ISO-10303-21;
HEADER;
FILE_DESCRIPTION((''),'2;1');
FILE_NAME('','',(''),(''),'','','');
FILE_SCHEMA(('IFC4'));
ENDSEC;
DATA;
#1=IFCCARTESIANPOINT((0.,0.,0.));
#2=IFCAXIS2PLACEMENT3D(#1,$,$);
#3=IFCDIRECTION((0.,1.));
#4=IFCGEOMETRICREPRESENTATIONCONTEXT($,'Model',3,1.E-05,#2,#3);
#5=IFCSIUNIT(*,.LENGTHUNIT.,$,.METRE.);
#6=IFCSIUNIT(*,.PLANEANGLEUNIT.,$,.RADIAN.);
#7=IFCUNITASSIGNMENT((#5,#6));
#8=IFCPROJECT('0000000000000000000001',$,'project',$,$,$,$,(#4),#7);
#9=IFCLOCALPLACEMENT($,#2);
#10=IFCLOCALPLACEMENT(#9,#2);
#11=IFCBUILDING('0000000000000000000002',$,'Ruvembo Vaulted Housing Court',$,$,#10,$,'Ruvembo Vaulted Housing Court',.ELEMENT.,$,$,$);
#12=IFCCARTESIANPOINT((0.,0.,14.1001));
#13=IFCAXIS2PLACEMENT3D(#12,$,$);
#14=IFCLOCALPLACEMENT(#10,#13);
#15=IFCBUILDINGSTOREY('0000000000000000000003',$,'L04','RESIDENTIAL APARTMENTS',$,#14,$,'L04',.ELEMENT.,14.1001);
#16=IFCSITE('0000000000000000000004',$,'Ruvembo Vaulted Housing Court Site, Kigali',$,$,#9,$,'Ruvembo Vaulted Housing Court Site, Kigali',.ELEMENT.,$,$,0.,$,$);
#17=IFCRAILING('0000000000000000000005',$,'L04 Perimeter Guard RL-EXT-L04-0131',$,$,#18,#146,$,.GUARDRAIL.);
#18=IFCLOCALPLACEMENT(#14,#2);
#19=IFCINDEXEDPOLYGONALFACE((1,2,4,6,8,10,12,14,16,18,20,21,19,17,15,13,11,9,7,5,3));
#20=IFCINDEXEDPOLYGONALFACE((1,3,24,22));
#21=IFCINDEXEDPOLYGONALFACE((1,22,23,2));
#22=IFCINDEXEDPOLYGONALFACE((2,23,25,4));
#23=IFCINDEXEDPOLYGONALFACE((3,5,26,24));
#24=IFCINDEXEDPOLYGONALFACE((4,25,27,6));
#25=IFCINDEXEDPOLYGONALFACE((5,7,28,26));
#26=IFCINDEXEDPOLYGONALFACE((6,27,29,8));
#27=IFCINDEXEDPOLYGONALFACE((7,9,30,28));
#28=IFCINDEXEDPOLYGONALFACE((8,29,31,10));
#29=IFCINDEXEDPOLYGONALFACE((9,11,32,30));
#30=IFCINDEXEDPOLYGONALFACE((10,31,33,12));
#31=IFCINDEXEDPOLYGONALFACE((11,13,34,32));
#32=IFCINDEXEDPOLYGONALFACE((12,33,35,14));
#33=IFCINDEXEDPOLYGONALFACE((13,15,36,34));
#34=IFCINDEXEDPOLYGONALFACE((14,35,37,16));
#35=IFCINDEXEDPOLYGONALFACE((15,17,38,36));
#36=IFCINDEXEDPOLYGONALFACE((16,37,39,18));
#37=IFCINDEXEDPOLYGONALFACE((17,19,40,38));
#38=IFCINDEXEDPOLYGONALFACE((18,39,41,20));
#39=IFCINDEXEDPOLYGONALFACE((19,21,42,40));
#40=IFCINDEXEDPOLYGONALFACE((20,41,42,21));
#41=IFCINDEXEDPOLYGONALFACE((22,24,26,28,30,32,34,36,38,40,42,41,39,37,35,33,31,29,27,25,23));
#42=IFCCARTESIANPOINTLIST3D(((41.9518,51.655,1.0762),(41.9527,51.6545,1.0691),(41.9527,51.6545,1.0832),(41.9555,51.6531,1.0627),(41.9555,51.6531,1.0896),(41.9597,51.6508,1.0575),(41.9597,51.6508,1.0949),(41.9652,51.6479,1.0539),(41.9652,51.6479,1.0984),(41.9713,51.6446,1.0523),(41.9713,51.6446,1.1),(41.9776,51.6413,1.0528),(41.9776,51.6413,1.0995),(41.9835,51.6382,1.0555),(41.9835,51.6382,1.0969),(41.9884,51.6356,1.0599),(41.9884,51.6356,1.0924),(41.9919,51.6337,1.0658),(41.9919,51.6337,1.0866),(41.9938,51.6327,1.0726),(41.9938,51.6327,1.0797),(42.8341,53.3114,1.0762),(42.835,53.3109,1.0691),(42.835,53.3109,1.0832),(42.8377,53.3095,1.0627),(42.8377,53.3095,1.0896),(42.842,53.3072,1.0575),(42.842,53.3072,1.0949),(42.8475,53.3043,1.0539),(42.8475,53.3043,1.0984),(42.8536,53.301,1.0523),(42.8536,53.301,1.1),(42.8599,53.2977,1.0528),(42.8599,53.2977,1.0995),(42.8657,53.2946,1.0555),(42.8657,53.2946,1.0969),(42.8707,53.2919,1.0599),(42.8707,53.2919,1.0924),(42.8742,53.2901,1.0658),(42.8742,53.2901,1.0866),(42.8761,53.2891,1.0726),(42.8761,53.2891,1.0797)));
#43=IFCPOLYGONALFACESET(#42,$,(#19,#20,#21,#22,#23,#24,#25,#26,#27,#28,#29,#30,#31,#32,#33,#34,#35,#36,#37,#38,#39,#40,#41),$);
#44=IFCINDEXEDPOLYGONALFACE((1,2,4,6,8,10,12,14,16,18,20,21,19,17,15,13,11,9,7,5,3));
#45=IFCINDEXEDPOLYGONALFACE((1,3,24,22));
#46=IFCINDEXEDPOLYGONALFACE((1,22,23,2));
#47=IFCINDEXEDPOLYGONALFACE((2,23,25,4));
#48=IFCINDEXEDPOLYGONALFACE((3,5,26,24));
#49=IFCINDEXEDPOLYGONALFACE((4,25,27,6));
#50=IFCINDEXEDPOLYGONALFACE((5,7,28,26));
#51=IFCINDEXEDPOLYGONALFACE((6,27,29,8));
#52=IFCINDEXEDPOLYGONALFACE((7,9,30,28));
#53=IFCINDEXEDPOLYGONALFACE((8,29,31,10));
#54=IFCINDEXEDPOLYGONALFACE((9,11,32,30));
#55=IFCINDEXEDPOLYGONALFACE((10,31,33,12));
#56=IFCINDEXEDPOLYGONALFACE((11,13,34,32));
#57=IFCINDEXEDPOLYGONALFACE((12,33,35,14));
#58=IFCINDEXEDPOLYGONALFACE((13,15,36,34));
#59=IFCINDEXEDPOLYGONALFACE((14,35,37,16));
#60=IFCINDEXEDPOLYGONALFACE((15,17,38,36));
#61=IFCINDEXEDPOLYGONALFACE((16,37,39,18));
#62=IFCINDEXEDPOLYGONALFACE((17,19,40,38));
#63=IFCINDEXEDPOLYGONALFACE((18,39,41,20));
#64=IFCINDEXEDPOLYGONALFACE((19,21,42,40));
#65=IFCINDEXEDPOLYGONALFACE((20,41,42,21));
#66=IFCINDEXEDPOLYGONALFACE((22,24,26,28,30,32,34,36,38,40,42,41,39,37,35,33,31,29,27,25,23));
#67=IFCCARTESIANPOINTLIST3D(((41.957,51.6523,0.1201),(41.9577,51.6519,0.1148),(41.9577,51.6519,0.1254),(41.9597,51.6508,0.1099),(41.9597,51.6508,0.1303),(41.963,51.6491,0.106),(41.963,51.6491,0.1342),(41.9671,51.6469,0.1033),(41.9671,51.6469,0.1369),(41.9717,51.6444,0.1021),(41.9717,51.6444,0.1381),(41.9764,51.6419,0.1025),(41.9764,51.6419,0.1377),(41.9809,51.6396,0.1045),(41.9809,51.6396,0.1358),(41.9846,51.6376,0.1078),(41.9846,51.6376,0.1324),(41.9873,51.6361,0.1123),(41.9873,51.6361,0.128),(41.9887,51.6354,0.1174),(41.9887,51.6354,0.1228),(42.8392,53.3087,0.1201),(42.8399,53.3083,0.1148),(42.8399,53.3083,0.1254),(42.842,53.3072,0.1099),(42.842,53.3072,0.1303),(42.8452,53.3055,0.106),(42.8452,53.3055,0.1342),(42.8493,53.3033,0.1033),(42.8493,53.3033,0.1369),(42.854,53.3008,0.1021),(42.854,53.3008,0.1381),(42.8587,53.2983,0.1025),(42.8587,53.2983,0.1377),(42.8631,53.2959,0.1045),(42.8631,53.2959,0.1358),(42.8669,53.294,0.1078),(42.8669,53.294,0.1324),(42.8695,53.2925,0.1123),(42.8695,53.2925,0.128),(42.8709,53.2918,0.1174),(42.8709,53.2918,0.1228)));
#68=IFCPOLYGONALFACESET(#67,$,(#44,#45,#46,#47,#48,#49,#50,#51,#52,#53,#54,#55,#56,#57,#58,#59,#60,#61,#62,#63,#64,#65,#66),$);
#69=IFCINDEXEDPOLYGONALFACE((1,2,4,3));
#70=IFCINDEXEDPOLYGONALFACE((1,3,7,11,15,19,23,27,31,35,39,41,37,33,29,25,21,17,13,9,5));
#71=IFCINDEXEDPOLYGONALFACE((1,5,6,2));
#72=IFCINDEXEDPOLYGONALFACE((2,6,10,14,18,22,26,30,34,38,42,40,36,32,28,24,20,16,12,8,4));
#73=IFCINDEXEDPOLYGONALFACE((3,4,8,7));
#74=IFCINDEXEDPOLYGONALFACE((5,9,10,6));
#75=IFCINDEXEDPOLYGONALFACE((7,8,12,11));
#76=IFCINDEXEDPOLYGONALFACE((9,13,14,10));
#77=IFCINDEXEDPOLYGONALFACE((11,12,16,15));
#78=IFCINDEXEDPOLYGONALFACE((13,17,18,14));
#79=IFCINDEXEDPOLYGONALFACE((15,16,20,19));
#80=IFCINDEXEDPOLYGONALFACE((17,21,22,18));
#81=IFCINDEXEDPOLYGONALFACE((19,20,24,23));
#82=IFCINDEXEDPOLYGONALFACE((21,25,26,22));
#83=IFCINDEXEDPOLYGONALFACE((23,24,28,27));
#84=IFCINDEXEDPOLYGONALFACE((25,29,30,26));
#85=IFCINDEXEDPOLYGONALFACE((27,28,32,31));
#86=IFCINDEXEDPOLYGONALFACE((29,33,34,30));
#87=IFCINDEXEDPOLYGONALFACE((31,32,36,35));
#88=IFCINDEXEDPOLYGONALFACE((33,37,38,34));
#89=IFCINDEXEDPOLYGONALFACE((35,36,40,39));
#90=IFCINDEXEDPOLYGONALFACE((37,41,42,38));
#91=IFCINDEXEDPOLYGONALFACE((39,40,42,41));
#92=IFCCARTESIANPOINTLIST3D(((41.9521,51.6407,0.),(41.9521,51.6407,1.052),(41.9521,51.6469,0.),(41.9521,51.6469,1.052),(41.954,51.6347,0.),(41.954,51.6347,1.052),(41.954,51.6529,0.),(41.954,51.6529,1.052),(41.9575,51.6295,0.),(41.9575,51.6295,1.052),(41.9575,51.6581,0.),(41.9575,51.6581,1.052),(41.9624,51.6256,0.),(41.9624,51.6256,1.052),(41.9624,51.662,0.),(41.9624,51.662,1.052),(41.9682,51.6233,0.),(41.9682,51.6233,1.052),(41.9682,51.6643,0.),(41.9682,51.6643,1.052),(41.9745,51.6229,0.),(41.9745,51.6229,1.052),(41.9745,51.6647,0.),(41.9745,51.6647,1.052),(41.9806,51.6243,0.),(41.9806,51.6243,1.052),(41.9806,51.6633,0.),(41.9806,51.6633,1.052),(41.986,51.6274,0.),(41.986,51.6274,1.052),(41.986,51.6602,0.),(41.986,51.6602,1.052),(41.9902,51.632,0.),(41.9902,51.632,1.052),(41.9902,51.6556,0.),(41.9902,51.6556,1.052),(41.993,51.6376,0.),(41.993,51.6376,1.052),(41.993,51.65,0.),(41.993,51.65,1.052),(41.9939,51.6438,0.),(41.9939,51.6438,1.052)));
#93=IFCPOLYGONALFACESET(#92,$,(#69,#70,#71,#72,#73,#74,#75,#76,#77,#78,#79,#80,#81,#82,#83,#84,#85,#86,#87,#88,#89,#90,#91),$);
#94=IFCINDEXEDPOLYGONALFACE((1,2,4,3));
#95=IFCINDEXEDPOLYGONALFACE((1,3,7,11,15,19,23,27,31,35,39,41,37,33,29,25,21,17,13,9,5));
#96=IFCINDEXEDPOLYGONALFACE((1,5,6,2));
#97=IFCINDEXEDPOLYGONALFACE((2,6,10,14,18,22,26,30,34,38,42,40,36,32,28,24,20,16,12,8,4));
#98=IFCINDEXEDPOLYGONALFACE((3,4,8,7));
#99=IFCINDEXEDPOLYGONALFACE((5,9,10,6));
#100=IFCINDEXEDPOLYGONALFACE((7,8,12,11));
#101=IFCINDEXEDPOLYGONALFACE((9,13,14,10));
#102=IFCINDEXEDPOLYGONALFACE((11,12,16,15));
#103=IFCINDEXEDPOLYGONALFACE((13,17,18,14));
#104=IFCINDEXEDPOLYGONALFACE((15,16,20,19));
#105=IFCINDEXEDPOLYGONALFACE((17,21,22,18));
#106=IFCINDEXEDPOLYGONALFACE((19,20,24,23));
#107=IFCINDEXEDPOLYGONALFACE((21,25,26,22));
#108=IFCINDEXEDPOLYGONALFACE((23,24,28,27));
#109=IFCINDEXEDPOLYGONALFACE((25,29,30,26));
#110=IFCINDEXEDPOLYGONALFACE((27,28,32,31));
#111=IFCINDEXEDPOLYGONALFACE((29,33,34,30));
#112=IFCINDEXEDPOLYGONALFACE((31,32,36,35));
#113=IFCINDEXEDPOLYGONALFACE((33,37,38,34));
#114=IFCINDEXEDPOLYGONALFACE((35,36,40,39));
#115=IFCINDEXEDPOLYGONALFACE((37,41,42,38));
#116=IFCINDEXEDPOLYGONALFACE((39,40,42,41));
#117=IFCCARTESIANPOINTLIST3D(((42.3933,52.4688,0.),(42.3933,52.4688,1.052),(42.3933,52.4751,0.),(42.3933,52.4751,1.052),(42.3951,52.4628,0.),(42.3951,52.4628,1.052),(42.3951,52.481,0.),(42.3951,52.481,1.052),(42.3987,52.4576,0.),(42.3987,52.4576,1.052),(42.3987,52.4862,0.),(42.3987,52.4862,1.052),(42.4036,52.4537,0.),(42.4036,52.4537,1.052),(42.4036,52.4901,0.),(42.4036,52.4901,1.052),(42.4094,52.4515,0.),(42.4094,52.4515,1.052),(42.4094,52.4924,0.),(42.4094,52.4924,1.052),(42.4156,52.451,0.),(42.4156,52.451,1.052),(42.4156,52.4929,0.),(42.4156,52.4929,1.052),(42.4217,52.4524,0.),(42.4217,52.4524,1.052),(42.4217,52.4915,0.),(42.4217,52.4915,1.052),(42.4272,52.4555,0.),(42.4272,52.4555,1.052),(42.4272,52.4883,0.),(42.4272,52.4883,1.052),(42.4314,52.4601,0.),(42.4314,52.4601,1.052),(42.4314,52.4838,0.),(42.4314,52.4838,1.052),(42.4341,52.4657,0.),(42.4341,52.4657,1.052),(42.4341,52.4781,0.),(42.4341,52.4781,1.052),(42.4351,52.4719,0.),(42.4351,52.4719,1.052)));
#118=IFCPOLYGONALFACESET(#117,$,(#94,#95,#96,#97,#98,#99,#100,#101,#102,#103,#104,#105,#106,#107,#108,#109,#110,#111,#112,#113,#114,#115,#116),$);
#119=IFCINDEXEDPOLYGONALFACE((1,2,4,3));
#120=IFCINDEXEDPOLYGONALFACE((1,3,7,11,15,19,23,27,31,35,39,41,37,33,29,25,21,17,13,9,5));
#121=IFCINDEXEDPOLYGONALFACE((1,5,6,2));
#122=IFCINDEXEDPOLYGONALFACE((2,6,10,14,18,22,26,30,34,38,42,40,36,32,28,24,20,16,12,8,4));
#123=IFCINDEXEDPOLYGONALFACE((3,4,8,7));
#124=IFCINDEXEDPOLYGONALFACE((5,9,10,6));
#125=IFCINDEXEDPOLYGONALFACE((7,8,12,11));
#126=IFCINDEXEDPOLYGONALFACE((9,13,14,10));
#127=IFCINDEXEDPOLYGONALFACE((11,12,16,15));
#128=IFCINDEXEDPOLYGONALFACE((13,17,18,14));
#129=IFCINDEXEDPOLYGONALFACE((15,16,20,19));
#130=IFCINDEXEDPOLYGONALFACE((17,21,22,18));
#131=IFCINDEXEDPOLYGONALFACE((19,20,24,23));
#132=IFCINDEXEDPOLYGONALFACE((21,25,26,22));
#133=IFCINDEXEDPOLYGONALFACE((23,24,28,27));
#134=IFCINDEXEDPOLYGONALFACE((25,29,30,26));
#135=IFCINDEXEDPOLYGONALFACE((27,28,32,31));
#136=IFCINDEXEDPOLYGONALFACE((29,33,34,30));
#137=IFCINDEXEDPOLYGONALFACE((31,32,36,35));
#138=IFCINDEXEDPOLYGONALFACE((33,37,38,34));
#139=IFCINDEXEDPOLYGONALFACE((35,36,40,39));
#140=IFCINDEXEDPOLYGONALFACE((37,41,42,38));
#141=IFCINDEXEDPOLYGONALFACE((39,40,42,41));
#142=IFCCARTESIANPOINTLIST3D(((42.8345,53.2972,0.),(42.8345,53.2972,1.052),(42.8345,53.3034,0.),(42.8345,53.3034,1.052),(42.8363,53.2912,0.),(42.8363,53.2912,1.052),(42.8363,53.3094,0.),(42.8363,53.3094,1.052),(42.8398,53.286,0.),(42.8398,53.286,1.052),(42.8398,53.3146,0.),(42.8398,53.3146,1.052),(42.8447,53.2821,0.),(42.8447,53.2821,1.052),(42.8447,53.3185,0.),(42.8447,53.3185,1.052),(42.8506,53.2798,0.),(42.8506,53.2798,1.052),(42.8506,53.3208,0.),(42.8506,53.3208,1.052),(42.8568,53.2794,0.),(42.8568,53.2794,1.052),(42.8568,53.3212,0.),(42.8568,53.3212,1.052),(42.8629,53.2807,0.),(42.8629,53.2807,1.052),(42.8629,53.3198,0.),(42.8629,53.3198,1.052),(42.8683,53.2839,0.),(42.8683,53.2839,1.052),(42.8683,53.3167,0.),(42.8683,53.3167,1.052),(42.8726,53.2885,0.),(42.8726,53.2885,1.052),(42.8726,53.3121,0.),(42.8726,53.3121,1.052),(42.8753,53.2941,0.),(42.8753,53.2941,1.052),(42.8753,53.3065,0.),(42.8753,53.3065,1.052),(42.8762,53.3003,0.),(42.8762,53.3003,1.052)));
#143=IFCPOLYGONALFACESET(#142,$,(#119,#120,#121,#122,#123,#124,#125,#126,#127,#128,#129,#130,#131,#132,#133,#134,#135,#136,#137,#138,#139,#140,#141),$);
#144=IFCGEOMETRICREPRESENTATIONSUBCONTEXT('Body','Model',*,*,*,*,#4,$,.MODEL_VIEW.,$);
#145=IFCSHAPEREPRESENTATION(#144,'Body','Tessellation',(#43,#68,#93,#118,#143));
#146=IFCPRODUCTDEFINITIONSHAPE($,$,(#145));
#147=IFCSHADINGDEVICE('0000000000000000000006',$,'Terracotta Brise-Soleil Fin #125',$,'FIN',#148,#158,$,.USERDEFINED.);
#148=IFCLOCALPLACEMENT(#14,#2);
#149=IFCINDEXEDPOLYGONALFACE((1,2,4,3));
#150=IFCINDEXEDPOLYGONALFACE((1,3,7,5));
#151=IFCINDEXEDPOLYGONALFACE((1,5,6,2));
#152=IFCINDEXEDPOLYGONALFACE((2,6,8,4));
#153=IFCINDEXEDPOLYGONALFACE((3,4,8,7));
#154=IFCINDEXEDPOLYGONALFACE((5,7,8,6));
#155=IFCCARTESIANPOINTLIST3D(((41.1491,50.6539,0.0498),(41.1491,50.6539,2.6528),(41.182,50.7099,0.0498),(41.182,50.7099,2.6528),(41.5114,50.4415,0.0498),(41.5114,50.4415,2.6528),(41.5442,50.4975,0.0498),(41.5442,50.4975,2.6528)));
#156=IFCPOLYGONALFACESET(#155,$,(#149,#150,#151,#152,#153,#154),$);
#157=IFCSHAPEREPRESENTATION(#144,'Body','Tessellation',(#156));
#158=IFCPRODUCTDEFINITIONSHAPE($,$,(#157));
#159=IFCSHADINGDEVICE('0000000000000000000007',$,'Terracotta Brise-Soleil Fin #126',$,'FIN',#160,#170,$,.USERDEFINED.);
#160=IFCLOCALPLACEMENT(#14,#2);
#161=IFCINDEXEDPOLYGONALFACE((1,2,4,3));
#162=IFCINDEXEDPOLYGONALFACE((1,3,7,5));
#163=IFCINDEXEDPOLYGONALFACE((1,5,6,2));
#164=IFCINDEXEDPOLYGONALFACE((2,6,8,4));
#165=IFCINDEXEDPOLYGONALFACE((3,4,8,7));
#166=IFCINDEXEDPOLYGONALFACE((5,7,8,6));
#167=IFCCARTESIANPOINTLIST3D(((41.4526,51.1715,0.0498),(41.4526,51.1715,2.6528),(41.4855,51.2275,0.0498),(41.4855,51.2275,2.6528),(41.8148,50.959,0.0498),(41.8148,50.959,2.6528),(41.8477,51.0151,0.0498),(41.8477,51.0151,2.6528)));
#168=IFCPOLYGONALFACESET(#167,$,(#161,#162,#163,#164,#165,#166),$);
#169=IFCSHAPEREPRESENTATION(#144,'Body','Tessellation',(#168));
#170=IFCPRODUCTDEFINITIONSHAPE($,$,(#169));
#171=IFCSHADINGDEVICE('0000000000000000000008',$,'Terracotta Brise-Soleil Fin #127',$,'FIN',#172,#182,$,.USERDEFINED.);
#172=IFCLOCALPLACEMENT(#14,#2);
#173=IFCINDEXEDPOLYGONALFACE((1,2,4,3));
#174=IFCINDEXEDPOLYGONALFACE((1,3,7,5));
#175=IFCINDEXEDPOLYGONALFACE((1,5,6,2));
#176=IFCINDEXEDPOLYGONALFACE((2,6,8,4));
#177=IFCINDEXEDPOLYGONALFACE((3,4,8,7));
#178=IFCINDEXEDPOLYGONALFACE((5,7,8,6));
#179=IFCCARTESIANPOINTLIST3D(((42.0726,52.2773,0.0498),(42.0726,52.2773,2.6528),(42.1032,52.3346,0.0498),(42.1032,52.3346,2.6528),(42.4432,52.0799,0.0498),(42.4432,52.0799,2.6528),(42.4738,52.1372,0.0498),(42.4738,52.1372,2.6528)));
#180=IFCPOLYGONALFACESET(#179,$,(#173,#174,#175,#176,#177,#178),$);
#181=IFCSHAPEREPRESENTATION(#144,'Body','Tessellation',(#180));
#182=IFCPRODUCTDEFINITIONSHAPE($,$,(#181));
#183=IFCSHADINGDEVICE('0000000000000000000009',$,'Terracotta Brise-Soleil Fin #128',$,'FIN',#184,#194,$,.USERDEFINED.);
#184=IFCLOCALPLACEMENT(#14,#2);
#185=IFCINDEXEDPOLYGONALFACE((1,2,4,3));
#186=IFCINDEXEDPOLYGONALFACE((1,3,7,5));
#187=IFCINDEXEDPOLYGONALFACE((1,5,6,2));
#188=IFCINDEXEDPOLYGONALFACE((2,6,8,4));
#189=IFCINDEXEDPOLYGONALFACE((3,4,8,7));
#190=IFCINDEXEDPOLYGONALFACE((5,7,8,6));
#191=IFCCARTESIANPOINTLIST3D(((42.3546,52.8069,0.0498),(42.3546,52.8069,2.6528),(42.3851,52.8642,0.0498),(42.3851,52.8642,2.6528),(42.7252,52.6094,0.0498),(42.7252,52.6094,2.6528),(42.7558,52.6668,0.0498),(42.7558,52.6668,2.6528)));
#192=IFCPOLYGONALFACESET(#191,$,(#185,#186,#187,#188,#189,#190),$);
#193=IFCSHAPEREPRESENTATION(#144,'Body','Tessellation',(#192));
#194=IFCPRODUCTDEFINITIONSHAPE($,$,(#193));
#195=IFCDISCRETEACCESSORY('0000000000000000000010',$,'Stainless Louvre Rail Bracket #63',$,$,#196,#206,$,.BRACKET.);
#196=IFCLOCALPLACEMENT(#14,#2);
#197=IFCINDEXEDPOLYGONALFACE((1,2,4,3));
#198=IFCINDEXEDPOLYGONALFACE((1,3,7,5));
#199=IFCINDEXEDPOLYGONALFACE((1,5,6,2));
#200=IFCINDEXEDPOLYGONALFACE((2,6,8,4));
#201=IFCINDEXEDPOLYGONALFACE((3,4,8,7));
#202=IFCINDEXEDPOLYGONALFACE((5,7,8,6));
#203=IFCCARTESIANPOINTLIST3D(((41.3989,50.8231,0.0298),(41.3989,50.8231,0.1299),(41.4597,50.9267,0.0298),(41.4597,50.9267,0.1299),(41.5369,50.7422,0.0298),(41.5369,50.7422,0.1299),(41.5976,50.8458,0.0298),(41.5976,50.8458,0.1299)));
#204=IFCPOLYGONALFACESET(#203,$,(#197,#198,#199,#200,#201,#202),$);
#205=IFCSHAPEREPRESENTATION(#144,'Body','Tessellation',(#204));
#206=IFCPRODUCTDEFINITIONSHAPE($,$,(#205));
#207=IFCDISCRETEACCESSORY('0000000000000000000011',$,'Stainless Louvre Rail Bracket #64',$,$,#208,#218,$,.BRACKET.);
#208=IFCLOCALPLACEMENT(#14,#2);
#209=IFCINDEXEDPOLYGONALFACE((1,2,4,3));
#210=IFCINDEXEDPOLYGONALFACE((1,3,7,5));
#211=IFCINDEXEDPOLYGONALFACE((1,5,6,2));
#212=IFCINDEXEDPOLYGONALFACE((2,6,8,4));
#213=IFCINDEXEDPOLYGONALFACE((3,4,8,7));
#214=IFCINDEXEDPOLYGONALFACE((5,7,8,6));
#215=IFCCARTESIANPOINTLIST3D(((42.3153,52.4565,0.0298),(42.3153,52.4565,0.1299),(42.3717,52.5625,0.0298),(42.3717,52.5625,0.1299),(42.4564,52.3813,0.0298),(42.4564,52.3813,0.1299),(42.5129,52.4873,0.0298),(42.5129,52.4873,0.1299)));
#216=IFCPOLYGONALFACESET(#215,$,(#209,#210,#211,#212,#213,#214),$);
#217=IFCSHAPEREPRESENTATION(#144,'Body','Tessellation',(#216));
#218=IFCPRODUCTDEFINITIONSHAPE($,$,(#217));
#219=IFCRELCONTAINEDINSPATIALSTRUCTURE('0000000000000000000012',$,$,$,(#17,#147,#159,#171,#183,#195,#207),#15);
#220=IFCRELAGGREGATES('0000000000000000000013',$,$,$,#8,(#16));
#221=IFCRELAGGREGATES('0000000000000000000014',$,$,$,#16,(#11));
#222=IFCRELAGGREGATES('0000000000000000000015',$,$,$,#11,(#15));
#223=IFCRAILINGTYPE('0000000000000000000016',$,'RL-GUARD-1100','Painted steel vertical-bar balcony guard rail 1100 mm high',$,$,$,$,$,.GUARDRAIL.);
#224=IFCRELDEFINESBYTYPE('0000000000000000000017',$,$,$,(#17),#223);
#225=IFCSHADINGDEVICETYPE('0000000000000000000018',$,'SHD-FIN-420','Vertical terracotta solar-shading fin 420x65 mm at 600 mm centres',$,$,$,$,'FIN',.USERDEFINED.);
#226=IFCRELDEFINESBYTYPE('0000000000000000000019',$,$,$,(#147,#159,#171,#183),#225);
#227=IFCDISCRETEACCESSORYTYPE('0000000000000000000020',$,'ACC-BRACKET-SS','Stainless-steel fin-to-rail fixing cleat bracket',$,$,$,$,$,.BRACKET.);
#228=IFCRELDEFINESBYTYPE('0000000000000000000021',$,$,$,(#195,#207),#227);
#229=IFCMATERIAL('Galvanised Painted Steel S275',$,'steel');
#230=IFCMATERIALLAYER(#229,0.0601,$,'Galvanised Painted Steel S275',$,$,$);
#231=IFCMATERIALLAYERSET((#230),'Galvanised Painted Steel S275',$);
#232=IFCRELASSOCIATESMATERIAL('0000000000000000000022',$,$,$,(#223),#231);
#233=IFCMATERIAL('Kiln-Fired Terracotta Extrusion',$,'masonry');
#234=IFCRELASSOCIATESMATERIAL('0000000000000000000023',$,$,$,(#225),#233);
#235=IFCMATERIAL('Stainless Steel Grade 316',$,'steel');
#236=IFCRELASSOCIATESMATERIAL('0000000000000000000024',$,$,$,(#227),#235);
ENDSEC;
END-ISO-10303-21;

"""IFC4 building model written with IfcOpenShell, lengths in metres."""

from ifc_helpers import new_model, si_unit, direction, frame, origin, origin_2d, place, context, subcontext, project, spatial, rectangle, circle, extrude, material, layer, layer_set, type_object, element, save


model = new_model("IFC4")

# Units and contexts
model_context = context("Model", 3, precision=1e-05, world=origin(), true_north=direction((0.0, 1.0)))
body_context = subcontext(model_context, "Body", "Model", "MODEL_VIEW")
ifc_project = project(units=[si_unit("LENGTHUNIT", "METRE"), si_unit("PLANEANGLEUNIT", "RADIAN")], contexts=[model_context])

# Site, building, storey
site_placement = place(None, origin())
site = spatial("IfcSite", under=ifc_project, at=site_placement, Name="Ruvembo Vaulted Housing Court Site, Kigali", LongName="Ruvembo Vaulted Housing Court Site, Kigali", CompositionType="ELEMENT", RefElevation=0.0)
building_placement = place(site_placement, origin())
building = spatial("IfcBuilding", under=site, at=building_placement, Name="Ruvembo Vaulted Housing Court", LongName="Ruvembo Vaulted Housing Court", CompositionType="ELEMENT")
storey_placement = place(building_placement, frame((0.0, 0.0, 14.1001)))
storey = spatial("IfcBuildingStorey", under=building, at=storey_placement, Name="L04", Description="RESIDENTIAL APARTMENTS", LongName="L04", CompositionType="ELEMENT", Elevation=14.1001)

# Railing
ifc_material_1 = material(Name="Galvanised Painted Steel S275", Category="steel")
ifc_layer_1 = layer(ifc_material_1, 0.0601, Name="Galvanised Painted Steel S275")
ifc_layer_set_1 = layer_set([ifc_layer_1], Name="Galvanised Painted Steel S275")
railing_type = type_object("IfcRailingType", Name="RL-GUARD-1100", Description="Painted steel vertical-bar balcony guard rail 1100 mm high", PredefinedType="GUARDRAIL", material=ifc_layer_set_1)
railing_1_placement = place(storey_placement, frame((41.9729, 51.6438, 0.0)))
element("IfcRailing", 1, at=railing_1_placement, inside=storey, type_object=railing_type, Name="L04 Perimeter Guard RL-EXT-L04-0131", PredefinedType="GUARDRAIL", context=body_context, shape_type="SweptSolid", body=[
    extrude(circle(Radius=0.0239, at=origin_2d()), frame((0.0, 0.0, 1.0762), z_axis=(0.470116, 0.882605, 0.0), x_axis=(-0.882605, 0.470116, 0.0)), (0.0, 0.0, 1.0), 1.8767),
    extrude(circle(Radius=0.0181, at=origin_2d()), frame((0.0, 0.0, 0.1201), z_axis=(0.470116, 0.882605, 0.0), x_axis=(-0.882605, 0.470116, 0.0)), (0.0, 0.0, 1.0), 1.8767),
    extrude(circle(Radius=0.021, at=origin_2d()), origin(), (0.0, 0.0, 1.0), 1.052),
    extrude(circle(Radius=0.021, at=origin_2d()), frame((0.4412, 0.8281, 0.0)), (0.0, 0.0, 1.0), 1.052),
    extrude(circle(Radius=0.021, at=origin_2d()), frame((0.8823, 1.6565, 0.0)), (0.0, 0.0, 1.0), 1.052),
])

# Shading devices
ifc_material_2 = material(Name="Kiln-Fired Terracotta Extrusion", Category="masonry")
shading_device_type = type_object("IfcShadingDeviceType", Name="SHD-FIN-420", Description="Vertical terracotta solar-shading fin 420x65 mm at 600 mm centres", ElementType="FIN", PredefinedType="USERDEFINED", material=ifc_material_2)
for number, where, z_axis, x_axis, name in (
    (2, (41.3467, 50.5757, 0.0498), (0.0, 0.0, 1.0), (0.86262, -0.505853, 0.0), "Terracotta Brise-Soleil Fin #125"),
    (3, (41.6501, 51.0933, 0.0498), (0.0, 0.0, 1.0), (0.86262, -0.505853, 0.0), "Terracotta Brise-Soleil Fin #126"),
    (4, (42.2732, 52.2073, 0.0498), (0.0, 0.0, 1.0), (0.882587, -0.470149, 0.0), "Terracotta Brise-Soleil Fin #127"),
    (5, (42.5552, 52.7368, 0.0498), (0.0, 0.0, 1.0), (0.882587, -0.470149, 0.0), "Terracotta Brise-Soleil Fin #128"),
):
    element("IfcShadingDevice", number, at=place(storey_placement, frame(where, z_axis=z_axis, x_axis=x_axis)), inside=storey, type_object=shading_device_type, Name=name, ObjectType="FIN", PredefinedType="USERDEFINED", context=body_context, shape_type="SweptSolid", body=[
        extrude(rectangle(XDim=0.4199, YDim=0.0649, at=origin_2d()), origin(), (0.0, 0.0, 1.0), 2.603),
    ])

# Discrete accessories
ifc_material_3 = material(Name="Stainless Steel Grade 316", Category="steel")
discrete_accessory_type = type_object("IfcDiscreteAccessoryType", Name="ACC-BRACKET-SS", Description="Stainless-steel fin-to-rail fixing cleat bracket", PredefinedType="BRACKET", material=ifc_material_3)
for number, where, z_axis, x_axis, name in (
    (6, (41.4983, 50.8345, 0.0298), (0.0, 0.0, 1.0), (0.86262, -0.505853, 0.0), "Stainless Louvre Rail Bracket #63"),
    (7, (42.4141, 52.4719, 0.0298), (0.0, 0.0, 1.0), (0.882587, -0.470149, 0.0), "Stainless Louvre Rail Bracket #64"),
):
    element("IfcDiscreteAccessory", number, at=place(storey_placement, frame(where, z_axis=z_axis, x_axis=x_axis)), inside=storey, type_object=discrete_accessory_type, Name=name, PredefinedType="BRACKET", context=body_context, shape_type="SweptSolid", body=[
        extrude(rectangle(XDim=0.1599, YDim=0.1201, at=origin_2d()), origin(), (0.0, 0.0, 1.0), 0.1001),
    ])

save(model, "model.ifc")
